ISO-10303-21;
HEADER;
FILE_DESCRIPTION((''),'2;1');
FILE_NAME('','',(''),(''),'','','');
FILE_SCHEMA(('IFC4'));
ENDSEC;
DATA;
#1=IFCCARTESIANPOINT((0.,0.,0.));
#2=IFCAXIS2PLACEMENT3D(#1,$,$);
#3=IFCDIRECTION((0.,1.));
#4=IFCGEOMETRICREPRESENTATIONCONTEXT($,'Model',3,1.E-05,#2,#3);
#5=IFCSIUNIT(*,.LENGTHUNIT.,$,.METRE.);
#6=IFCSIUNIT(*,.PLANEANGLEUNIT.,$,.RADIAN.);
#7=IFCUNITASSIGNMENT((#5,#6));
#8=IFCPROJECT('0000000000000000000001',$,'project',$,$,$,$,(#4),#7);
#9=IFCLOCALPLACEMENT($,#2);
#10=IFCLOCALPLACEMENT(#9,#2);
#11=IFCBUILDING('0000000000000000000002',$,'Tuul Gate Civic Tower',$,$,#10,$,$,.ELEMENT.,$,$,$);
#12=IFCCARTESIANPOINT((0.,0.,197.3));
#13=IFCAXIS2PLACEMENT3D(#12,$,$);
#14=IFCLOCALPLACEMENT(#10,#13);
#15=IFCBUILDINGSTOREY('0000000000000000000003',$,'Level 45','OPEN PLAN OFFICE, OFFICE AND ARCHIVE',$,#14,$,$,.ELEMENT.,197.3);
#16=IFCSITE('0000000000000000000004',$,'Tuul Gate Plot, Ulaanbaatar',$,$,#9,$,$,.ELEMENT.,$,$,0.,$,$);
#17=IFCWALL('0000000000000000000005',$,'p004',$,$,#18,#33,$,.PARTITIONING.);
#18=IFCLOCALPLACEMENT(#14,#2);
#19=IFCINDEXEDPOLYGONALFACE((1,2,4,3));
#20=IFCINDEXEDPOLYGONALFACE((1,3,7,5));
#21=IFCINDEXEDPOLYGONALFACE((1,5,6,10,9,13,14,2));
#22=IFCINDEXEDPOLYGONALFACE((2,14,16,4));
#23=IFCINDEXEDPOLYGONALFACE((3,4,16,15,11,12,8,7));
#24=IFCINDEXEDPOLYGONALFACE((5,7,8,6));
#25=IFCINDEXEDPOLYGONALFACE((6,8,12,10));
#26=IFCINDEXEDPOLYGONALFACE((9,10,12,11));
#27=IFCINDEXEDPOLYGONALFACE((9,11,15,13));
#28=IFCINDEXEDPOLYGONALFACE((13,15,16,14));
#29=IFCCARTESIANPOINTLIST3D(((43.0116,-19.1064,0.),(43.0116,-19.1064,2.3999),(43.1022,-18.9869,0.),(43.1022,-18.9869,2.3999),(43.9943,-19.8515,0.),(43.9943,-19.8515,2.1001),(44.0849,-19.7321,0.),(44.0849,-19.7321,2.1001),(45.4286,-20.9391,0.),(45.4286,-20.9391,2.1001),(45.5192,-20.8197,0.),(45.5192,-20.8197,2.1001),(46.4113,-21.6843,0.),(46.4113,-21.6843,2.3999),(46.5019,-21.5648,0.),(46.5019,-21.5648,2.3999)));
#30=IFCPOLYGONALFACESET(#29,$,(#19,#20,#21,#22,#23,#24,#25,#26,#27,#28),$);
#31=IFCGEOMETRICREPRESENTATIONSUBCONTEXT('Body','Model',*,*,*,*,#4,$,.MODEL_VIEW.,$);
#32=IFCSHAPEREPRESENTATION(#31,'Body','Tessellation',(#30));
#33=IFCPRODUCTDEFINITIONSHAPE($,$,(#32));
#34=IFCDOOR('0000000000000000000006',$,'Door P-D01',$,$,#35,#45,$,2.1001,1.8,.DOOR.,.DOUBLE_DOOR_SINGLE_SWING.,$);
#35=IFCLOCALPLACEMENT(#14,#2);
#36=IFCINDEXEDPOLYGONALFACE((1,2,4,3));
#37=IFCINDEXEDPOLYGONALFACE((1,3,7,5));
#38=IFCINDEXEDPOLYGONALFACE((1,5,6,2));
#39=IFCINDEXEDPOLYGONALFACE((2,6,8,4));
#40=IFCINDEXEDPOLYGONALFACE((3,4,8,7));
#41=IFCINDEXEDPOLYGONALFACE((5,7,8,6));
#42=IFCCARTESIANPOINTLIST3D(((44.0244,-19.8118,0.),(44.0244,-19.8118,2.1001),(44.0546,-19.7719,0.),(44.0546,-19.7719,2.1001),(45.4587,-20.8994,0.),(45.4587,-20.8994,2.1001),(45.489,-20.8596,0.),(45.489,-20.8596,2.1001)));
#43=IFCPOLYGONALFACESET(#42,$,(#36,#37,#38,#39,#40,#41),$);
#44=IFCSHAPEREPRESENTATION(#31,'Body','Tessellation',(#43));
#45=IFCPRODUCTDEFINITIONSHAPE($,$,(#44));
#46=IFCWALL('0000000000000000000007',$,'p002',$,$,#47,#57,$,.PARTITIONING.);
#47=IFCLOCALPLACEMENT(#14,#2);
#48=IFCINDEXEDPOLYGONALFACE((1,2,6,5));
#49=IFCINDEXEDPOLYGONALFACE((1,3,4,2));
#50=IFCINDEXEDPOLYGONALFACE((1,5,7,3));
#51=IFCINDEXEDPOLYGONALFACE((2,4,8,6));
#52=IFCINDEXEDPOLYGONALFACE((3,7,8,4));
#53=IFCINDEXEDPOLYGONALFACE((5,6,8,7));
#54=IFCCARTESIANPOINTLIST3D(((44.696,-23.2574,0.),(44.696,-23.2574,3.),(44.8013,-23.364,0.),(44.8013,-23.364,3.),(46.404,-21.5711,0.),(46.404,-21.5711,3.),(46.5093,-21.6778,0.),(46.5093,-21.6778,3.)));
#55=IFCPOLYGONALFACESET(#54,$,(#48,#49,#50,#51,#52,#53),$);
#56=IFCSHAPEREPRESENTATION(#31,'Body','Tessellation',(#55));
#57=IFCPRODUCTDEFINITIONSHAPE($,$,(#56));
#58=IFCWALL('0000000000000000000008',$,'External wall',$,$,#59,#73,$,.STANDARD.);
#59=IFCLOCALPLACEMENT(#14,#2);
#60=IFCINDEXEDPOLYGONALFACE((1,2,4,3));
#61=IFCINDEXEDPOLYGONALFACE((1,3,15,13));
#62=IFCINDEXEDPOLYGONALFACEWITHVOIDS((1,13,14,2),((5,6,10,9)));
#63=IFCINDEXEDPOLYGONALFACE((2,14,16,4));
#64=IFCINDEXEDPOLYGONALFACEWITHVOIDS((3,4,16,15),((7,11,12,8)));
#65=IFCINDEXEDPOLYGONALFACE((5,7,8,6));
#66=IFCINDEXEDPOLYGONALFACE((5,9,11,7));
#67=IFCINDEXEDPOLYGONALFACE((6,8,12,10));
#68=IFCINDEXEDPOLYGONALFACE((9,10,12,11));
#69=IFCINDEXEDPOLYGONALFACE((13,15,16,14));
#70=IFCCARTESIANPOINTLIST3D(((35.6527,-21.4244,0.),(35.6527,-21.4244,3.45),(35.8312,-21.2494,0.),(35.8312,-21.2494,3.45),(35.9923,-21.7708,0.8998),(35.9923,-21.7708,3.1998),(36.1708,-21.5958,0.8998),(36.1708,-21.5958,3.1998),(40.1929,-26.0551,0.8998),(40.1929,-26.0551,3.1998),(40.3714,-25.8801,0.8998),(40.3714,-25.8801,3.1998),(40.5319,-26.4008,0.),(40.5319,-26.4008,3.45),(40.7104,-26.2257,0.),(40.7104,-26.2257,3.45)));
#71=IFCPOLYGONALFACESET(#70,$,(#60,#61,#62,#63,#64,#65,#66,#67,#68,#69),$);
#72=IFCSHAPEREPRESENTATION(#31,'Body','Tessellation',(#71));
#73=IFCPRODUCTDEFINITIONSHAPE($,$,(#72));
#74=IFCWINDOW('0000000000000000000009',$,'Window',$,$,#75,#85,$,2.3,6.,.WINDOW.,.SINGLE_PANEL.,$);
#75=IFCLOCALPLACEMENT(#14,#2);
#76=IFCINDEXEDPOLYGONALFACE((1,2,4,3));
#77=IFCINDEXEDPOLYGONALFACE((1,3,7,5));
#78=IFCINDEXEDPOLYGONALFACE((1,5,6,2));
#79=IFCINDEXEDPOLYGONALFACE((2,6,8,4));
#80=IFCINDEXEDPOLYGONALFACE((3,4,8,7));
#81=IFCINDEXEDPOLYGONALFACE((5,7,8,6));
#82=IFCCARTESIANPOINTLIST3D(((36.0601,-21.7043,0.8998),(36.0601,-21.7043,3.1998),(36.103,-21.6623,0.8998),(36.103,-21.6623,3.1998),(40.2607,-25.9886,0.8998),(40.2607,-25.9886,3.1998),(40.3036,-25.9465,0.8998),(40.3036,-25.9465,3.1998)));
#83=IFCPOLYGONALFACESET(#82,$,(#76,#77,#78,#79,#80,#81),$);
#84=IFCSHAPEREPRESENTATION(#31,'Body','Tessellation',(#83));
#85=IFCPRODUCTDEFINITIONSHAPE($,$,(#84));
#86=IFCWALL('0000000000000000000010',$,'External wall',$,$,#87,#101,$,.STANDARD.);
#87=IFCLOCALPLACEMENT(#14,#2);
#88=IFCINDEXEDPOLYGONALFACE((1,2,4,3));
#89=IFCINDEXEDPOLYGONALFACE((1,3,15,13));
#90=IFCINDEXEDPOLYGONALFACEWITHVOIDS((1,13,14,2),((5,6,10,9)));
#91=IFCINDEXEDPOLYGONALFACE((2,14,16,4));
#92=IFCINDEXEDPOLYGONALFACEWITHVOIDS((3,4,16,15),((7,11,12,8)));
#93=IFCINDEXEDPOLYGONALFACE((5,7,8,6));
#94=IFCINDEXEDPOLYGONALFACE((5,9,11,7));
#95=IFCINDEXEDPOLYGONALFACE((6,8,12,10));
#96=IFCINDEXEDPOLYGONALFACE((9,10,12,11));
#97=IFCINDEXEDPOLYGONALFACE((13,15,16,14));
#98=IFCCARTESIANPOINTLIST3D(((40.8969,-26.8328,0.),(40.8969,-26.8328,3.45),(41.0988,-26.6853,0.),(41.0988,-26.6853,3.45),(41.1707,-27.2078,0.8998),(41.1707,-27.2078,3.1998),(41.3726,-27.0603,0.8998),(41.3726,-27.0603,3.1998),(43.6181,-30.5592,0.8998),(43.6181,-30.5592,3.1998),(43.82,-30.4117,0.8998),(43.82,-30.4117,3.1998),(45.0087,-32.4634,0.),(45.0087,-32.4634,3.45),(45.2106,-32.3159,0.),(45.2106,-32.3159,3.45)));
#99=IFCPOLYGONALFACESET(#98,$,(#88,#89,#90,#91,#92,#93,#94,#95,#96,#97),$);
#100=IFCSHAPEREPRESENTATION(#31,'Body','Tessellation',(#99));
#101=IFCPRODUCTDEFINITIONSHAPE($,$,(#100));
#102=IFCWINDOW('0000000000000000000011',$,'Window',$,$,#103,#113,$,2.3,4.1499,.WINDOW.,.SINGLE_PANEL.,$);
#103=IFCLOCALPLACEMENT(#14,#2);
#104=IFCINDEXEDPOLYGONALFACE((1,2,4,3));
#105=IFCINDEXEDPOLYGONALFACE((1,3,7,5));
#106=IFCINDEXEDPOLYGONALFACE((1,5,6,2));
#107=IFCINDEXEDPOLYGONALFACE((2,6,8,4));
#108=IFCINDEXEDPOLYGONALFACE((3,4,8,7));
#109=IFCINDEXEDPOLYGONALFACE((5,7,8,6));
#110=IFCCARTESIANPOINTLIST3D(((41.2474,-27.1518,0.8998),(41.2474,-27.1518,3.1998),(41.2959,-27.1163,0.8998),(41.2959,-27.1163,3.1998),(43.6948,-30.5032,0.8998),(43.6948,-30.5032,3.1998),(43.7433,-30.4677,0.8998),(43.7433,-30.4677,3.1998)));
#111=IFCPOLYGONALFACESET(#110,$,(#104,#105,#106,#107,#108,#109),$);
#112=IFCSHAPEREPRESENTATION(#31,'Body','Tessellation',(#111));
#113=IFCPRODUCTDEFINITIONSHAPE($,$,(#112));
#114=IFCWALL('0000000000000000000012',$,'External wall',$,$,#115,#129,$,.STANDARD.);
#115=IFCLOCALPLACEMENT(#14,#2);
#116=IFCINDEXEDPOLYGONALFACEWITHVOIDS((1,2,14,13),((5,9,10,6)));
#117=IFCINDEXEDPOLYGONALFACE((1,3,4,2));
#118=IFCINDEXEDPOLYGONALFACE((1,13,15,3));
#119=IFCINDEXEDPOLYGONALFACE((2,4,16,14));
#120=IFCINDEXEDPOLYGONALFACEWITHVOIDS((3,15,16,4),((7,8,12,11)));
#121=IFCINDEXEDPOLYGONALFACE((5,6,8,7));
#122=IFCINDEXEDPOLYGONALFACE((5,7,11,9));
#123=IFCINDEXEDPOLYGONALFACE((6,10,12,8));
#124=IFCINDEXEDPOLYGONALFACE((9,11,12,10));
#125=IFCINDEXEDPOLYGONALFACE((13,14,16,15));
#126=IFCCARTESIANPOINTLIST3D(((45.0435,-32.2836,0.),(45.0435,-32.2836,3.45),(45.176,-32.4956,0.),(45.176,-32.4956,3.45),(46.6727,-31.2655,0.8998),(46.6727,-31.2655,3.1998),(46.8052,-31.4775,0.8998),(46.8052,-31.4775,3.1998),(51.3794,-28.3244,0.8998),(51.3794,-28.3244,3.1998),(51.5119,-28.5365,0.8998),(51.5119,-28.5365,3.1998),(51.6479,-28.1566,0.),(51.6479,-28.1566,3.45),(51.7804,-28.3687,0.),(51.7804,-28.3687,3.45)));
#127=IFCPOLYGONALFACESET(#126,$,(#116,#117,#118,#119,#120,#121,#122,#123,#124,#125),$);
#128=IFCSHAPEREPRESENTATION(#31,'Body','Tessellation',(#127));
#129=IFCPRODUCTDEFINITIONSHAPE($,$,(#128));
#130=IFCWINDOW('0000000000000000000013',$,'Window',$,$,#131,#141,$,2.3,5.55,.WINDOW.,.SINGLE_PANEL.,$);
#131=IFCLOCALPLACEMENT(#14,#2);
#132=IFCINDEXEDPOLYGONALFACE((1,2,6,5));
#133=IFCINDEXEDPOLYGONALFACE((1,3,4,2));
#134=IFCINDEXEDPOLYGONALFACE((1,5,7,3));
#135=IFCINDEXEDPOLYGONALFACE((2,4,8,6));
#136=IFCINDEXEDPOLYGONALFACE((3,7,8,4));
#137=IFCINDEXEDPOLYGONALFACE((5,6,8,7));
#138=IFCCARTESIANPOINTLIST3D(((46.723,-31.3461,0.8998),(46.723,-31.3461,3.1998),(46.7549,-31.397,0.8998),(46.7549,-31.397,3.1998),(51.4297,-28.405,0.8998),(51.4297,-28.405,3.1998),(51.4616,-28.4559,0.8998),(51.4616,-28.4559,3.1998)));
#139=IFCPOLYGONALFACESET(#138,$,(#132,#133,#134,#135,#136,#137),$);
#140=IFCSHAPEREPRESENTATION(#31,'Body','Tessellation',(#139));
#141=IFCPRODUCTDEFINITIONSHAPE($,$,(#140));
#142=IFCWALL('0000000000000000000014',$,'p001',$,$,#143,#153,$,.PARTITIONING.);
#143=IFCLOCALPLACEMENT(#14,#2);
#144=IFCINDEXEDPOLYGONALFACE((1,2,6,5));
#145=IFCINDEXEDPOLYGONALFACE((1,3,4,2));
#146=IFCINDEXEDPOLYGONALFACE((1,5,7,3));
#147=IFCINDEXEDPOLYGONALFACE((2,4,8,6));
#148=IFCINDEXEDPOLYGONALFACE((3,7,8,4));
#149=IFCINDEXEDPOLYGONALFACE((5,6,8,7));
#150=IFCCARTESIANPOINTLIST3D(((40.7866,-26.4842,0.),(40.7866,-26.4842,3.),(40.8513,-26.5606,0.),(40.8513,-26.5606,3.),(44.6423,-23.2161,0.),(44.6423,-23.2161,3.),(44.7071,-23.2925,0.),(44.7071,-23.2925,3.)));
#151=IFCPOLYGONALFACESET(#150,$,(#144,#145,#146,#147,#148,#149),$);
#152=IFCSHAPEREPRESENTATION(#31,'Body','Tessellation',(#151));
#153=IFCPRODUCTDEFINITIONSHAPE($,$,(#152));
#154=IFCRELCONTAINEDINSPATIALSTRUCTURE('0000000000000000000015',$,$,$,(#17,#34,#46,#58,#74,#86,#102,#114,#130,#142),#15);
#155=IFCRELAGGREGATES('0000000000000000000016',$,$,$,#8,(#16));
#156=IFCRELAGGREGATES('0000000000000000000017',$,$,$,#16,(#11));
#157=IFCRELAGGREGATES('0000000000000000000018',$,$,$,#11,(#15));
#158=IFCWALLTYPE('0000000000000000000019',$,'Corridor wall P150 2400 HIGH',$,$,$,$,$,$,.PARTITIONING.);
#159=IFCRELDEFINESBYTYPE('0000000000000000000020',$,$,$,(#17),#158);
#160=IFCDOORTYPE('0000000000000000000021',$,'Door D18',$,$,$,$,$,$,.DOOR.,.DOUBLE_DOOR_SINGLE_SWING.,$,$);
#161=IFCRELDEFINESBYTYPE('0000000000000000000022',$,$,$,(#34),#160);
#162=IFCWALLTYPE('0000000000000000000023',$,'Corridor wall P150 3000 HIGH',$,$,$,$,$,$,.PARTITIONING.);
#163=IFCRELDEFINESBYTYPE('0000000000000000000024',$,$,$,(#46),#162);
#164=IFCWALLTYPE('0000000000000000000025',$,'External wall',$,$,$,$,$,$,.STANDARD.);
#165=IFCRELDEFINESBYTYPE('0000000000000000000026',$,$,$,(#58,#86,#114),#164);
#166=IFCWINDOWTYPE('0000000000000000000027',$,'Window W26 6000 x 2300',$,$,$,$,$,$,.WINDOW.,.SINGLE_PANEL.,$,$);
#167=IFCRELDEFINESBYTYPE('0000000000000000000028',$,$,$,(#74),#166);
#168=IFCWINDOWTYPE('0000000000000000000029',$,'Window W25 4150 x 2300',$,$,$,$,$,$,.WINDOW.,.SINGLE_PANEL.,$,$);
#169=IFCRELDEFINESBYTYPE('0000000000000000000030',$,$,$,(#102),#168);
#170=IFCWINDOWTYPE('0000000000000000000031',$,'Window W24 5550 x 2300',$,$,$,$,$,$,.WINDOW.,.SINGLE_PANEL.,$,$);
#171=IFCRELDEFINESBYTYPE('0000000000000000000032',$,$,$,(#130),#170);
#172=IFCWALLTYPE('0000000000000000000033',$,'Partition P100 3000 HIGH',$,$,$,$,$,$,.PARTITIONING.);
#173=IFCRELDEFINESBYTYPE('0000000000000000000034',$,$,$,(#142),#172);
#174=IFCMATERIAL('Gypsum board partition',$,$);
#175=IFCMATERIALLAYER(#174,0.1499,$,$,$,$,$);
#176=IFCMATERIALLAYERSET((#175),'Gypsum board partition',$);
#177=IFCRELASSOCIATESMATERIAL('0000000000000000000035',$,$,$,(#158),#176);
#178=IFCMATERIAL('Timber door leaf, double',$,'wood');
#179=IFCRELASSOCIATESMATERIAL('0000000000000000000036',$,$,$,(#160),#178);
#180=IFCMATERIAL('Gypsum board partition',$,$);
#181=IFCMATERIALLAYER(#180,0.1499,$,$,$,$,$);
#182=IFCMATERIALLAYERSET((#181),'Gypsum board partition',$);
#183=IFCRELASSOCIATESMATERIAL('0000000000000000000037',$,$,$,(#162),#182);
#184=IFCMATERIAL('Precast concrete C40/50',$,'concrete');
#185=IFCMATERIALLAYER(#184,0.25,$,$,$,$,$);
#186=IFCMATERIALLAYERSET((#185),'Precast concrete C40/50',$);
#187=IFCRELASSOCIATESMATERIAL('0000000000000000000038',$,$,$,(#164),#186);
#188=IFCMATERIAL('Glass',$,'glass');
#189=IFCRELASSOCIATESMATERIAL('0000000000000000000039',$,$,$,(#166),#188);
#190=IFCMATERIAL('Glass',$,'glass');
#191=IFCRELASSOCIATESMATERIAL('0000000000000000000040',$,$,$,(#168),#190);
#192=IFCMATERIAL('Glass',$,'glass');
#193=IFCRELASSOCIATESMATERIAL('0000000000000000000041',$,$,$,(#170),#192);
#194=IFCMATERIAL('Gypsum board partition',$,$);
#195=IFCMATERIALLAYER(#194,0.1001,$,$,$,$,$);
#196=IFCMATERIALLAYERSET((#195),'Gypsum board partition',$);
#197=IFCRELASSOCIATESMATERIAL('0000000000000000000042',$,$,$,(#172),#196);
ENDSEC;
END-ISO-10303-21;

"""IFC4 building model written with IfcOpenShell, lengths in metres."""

from ifc_helpers import new_model, si_unit, direction, frame, frame_2d, origin, place, context, subcontext, project, spatial, rectangle, extrude, material, layer, layer_set, type_object, element, fill, save


model = new_model("IFC4")

# Units and contexts
model_context = context("Model", 3, precision=1e-05, world=origin(), true_north=direction((0.0, 1.0)))
body_context = subcontext(model_context, "Body", "Model", "MODEL_VIEW")
ifc_project = project(units=[si_unit("LENGTHUNIT", "METRE"), si_unit("PLANEANGLEUNIT", "RADIAN")], contexts=[model_context])

# Site, building, storey
site_placement = place(None, origin())
site = spatial("IfcSite", under=ifc_project, at=site_placement, Name="Tuul Gate Plot, Ulaanbaatar", CompositionType="ELEMENT", RefElevation=0.0)
building_placement = place(site_placement, origin())
building = spatial("IfcBuilding", under=site, at=building_placement, Name="Tuul Gate Civic Tower", CompositionType="ELEMENT")
storey_placement = place(building_placement, frame((0.0, 0.0, 197.3)))
storey = spatial("IfcBuildingStorey", under=building, at=storey_placement, Name="Level 45", Description="OPEN PLAN OFFICE, OFFICE AND ARCHIVE", CompositionType="ELEMENT", Elevation=197.3)

# Wall, opening, door
ifc_material_1 = material(Name="Gypsum board partition")
ifc_layer_1 = layer(ifc_material_1, 0.1499)
ifc_layer_set_1 = layer_set([ifc_layer_1], Name="Gypsum board partition")
wall_type_1 = type_object("IfcWallType", Name="Corridor wall P150 2400 HIGH", PredefinedType="PARTITIONING", material=ifc_layer_set_1)
wall_1_placement = place(storey_placement, frame((43.0569, -19.0466, 0.0), z_axis=(0.0, 0.0, 1.0), x_axis=(0.796823, -0.604212, 0.0)))
wall_1 = element("IfcWall", 1, at=wall_1_placement, inside=storey, type_object=wall_type_1, Name="p004", PredefinedType="PARTITIONING", context=body_context, shape_type="SweptSolid", body=[
    extrude(rectangle(XDim=4.2666, YDim=0.1499, at=frame_2d((2.1333, 0.0))), origin(), (0.0, 0.0, 1.0), 2.3999),
])
opening_1_placement = place(wall_1_placement, frame((1.2334, 0.0, 0.0)))
opening_1 = element("IfcOpeningElement", 2, at=opening_1_placement, cuts=wall_1, PredefinedType="OPENING", context=body_context, shape_type="SweptSolid", body=[
    extrude(rectangle(XDim=1.8, YDim=2.1001, at=frame_2d((0.8999, 1.05))), frame((0.0, 0.085, 0.0), z_axis=(0.0, -1.0, 0.0), x_axis=(1.0, 0.0, 0.0)), (0.0, 0.0, 1.0), 0.1699),
])
ifc_material_2 = material(Name="Timber door leaf, double", Category="wood")
door_type = type_object("IfcDoorType", Name="Door D18", OperationType="DOUBLE_DOOR_SINGLE_SWING", PredefinedType="DOOR", material=ifc_material_2)
door_placement = place(opening_1_placement, origin())
door = element("IfcDoor", 3, at=door_placement, inside=storey, type_object=door_type, Name="Door P-D01", OperationType="DOUBLE_DOOR_SINGLE_SWING", OverallHeight=2.1001, OverallWidth=1.8, PredefinedType="DOOR", context=body_context, shape_type="SweptSolid", body=[
    extrude(rectangle(XDim=1.8, YDim=2.1001, at=frame_2d((0.8999, 1.05))), frame((0.0, 0.0249, 0.0), z_axis=(0.0, -1.0, 0.0), x_axis=(1.0, 0.0, 0.0)), (0.0, 0.0, 1.0), 0.05),
])
fill(opening_1, door)

# Wall
ifc_material_3 = material(Name="Gypsum board partition")
ifc_layer_2 = layer(ifc_material_3, 0.1499)
ifc_layer_set_2 = layer_set([ifc_layer_2], Name="Gypsum board partition")
wall_type_2 = type_object("IfcWallType", Name="Corridor wall P150 3000 HIGH", PredefinedType="PARTITIONING", material=ifc_layer_set_2)
wall_2_placement = place(storey_placement, frame((44.7485, -23.3108, 0.0), z_axis=(0.0, 0.0, 1.0), x_axis=(0.711619, 0.702566, 0.0)))
element("IfcWall", 4, at=wall_2_placement, inside=storey, type_object=wall_type_2, Name="p002", PredefinedType="PARTITIONING", context=body_context, shape_type="SweptSolid", body=[
    extrude(rectangle(XDim=2.4001, YDim=0.1499, at=frame_2d((1.2002, 0.0))), origin(), (0.0, 0.0, 1.0), 3.0),
])

# Walls, openings, windows
ifc_material_4 = material(Name="Precast concrete C40/50", Category="concrete")
ifc_layer_3 = layer(ifc_material_4, 0.25)
ifc_layer_set_3 = layer_set([ifc_layer_3], Name="Precast concrete C40/50")
wall_type_3 = type_object("IfcWallType", Name="External wall", PredefinedType="STANDARD", material=ifc_layer_set_3)
wall_3_placement = place(storey_placement, frame((35.7419, -21.3369, 0.0), z_axis=(0.0, 0.0, 1.0), x_axis=(0.700101, -0.714044, 0.0)))
wall_3 = element("IfcWall", 5, at=wall_3_placement, inside=storey, type_object=wall_type_3, Name="External wall", PredefinedType="STANDARD", context=body_context, shape_type="SweptSolid", body=[
    extrude(rectangle(XDim=6.9692, YDim=0.25, at=frame_2d((3.4846, 0.0))), origin(), (0.0, 0.0, 1.0), 3.45),
])
opening_2_placement = place(wall_3_placement, frame((0.4851, 0.0, 0.8999)))
opening_2 = element("IfcOpeningElement", 6, at=opening_2_placement, cuts=wall_3, PredefinedType="OPENING", context=body_context, shape_type="SweptSolid", body=[
    extrude(rectangle(XDim=6.0, YDim=2.3, at=frame_2d((3.0, 1.1499))), frame((0.0, 0.135, 0.0), z_axis=(0.0, -1.0, 0.0), x_axis=(1.0, 0.0, 0.0)), (0.0, 0.0, 1.0), 0.27),
])
ifc_material_5 = material(Name="Glass", Category="glass")
window_type_1 = type_object("IfcWindowType", Name="Window W26 6000 x 2300", PartitioningType="SINGLE_PANEL", PredefinedType="WINDOW", material=ifc_material_5)
window_1_placement = place(opening_2_placement, origin())
window_1 = element("IfcWindow", 7, at=window_1_placement, inside=storey, type_object=window_type_1, Name="Window", OverallHeight=2.3, OverallWidth=6.0, PartitioningType="SINGLE_PANEL", PredefinedType="WINDOW", context=body_context, shape_type="SweptSolid", body=[
    extrude(rectangle(XDim=6.0, YDim=2.3, at=frame_2d((3.0, 1.1499))), frame((0.0, 0.03, 0.0), z_axis=(0.0, -1.0, 0.0), x_axis=(1.0, 0.0, 0.0)), (0.0, 0.0, 1.0), 0.0601),
])
fill(opening_2, window_1)
wall_4_placement = place(storey_placement, frame((40.9978, -26.759, 0.0), z_axis=(0.0, 0.0, 1.0), x_axis=(0.589749, -0.807587, 0.0)))
wall_4 = element("IfcWall", 8, at=wall_4_placement, inside=storey, type_object=wall_type_3, Name="External wall", PredefinedType="STANDARD", context=body_context, shape_type="SweptSolid", body=[
    extrude(rectangle(XDim=6.9722, YDim=0.25, at=frame_2d((3.4861, 0.0))), origin(), (0.0, 0.0, 1.0), 3.45),
])
opening_3_placement = place(wall_4_placement, frame((0.4644, 0.0, 0.8999)))
opening_3 = element("IfcOpeningElement", 9, at=opening_3_placement, cuts=wall_4, PredefinedType="OPENING", context=body_context, shape_type="SweptSolid", body=[
    extrude(rectangle(XDim=4.1499, YDim=2.3, at=frame_2d((2.075, 1.1499))), frame((0.0, 0.135, 0.0), z_axis=(0.0, -1.0, 0.0), x_axis=(1.0, 0.0, 0.0)), (0.0, 0.0, 1.0), 0.27),
])
ifc_material_6 = material(Name="Glass", Category="glass")
window_type_2 = type_object("IfcWindowType", Name="Window W25 4150 x 2300", PartitioningType="SINGLE_PANEL", PredefinedType="WINDOW", material=ifc_material_6)
window_2_placement = place(opening_3_placement, origin())
window_2 = element("IfcWindow", 10, at=window_2_placement, inside=storey, type_object=window_type_2, Name="Window", OverallHeight=2.3, OverallWidth=4.1499, PartitioningType="SINGLE_PANEL", PredefinedType="WINDOW", context=body_context, shape_type="SweptSolid", body=[
    extrude(rectangle(XDim=4.1499, YDim=2.3, at=frame_2d((2.075, 1.1499))), frame((0.0, 0.03, 0.0), z_axis=(0.0, -1.0, 0.0), x_axis=(1.0, 0.0, 0.0)), (0.0, 0.0, 1.0), 0.0601),
])
fill(opening_3, window_2)
wall_5_placement = place(storey_placement, frame((45.1096, -32.3896, 0.0), z_axis=(0.0, 0.0, 1.0), x_axis=(0.848048, 0.52992, 0.0)))
wall_5 = element("IfcWall", 11, at=wall_5_placement, inside=storey, type_object=wall_type_3, Name="External wall", PredefinedType="STANDARD", context=body_context, shape_type="SweptSolid", body=[
    extrude(rectangle(XDim=7.7878, YDim=0.25, at=frame_2d((3.894, 0.0))), origin(), (0.0, 0.0, 1.0), 3.45),
])
opening_4_placement = place(wall_5_placement, frame((1.9214, 0.0, 0.8999)))
opening_4 = element("IfcOpeningElement", 12, at=opening_4_placement, cuts=wall_5, PredefinedType="OPENING", context=body_context, shape_type="SweptSolid", body=[
    extrude(rectangle(XDim=5.55, YDim=2.3, at=frame_2d((2.7749, 1.1499))), frame((0.0, 0.135, 0.0), z_axis=(0.0, -1.0, 0.0), x_axis=(1.0, 0.0, 0.0)), (0.0, 0.0, 1.0), 0.27),
])
ifc_material_7 = material(Name="Glass", Category="glass")
window_type_3 = type_object("IfcWindowType", Name="Window W24 5550 x 2300", PartitioningType="SINGLE_PANEL", PredefinedType="WINDOW", material=ifc_material_7)
window_3_placement = place(opening_4_placement, origin())
window_3 = element("IfcWindow", 13, at=window_3_placement, inside=storey, type_object=window_type_3, Name="Window", OverallHeight=2.3, OverallWidth=5.55, PartitioningType="SINGLE_PANEL", PredefinedType="WINDOW", context=body_context, shape_type="SweptSolid", body=[
    extrude(rectangle(XDim=5.55, YDim=2.3, at=frame_2d((2.7749, 1.1499))), frame((0.0, 0.03, 0.0), z_axis=(0.0, -1.0, 0.0), x_axis=(1.0, 0.0, 0.0)), (0.0, 0.0, 1.0), 0.0601),
])
fill(opening_4, window_3)

# Wall
ifc_material_8 = material(Name="Gypsum board partition")
ifc_layer_4 = layer(ifc_material_8, 0.1001)
ifc_layer_set_4 = layer_set([ifc_layer_4], Name="Gypsum board partition")
wall_type_4 = type_object("IfcWallType", Name="Partition P100 3000 HIGH", PredefinedType="PARTITIONING", material=ifc_layer_set_4)
wall_6_placement = place(storey_placement, frame((40.8188, -26.5225, 0.0), z_axis=(0.0, 0.0, 1.0), x_axis=(0.762846, 0.646581, 0.0)))
element("IfcWall", 14, at=wall_6_placement, inside=storey, type_object=wall_type_4, Name="p001", PredefinedType="PARTITIONING", context=body_context, shape_type="SweptSolid", body=[
    extrude(rectangle(XDim=5.0544, YDim=0.1001, at=frame_2d((2.5273, 0.0))), origin(), (0.0, 0.0, 1.0), 3.0),
])

save(model, "model.ifc")
